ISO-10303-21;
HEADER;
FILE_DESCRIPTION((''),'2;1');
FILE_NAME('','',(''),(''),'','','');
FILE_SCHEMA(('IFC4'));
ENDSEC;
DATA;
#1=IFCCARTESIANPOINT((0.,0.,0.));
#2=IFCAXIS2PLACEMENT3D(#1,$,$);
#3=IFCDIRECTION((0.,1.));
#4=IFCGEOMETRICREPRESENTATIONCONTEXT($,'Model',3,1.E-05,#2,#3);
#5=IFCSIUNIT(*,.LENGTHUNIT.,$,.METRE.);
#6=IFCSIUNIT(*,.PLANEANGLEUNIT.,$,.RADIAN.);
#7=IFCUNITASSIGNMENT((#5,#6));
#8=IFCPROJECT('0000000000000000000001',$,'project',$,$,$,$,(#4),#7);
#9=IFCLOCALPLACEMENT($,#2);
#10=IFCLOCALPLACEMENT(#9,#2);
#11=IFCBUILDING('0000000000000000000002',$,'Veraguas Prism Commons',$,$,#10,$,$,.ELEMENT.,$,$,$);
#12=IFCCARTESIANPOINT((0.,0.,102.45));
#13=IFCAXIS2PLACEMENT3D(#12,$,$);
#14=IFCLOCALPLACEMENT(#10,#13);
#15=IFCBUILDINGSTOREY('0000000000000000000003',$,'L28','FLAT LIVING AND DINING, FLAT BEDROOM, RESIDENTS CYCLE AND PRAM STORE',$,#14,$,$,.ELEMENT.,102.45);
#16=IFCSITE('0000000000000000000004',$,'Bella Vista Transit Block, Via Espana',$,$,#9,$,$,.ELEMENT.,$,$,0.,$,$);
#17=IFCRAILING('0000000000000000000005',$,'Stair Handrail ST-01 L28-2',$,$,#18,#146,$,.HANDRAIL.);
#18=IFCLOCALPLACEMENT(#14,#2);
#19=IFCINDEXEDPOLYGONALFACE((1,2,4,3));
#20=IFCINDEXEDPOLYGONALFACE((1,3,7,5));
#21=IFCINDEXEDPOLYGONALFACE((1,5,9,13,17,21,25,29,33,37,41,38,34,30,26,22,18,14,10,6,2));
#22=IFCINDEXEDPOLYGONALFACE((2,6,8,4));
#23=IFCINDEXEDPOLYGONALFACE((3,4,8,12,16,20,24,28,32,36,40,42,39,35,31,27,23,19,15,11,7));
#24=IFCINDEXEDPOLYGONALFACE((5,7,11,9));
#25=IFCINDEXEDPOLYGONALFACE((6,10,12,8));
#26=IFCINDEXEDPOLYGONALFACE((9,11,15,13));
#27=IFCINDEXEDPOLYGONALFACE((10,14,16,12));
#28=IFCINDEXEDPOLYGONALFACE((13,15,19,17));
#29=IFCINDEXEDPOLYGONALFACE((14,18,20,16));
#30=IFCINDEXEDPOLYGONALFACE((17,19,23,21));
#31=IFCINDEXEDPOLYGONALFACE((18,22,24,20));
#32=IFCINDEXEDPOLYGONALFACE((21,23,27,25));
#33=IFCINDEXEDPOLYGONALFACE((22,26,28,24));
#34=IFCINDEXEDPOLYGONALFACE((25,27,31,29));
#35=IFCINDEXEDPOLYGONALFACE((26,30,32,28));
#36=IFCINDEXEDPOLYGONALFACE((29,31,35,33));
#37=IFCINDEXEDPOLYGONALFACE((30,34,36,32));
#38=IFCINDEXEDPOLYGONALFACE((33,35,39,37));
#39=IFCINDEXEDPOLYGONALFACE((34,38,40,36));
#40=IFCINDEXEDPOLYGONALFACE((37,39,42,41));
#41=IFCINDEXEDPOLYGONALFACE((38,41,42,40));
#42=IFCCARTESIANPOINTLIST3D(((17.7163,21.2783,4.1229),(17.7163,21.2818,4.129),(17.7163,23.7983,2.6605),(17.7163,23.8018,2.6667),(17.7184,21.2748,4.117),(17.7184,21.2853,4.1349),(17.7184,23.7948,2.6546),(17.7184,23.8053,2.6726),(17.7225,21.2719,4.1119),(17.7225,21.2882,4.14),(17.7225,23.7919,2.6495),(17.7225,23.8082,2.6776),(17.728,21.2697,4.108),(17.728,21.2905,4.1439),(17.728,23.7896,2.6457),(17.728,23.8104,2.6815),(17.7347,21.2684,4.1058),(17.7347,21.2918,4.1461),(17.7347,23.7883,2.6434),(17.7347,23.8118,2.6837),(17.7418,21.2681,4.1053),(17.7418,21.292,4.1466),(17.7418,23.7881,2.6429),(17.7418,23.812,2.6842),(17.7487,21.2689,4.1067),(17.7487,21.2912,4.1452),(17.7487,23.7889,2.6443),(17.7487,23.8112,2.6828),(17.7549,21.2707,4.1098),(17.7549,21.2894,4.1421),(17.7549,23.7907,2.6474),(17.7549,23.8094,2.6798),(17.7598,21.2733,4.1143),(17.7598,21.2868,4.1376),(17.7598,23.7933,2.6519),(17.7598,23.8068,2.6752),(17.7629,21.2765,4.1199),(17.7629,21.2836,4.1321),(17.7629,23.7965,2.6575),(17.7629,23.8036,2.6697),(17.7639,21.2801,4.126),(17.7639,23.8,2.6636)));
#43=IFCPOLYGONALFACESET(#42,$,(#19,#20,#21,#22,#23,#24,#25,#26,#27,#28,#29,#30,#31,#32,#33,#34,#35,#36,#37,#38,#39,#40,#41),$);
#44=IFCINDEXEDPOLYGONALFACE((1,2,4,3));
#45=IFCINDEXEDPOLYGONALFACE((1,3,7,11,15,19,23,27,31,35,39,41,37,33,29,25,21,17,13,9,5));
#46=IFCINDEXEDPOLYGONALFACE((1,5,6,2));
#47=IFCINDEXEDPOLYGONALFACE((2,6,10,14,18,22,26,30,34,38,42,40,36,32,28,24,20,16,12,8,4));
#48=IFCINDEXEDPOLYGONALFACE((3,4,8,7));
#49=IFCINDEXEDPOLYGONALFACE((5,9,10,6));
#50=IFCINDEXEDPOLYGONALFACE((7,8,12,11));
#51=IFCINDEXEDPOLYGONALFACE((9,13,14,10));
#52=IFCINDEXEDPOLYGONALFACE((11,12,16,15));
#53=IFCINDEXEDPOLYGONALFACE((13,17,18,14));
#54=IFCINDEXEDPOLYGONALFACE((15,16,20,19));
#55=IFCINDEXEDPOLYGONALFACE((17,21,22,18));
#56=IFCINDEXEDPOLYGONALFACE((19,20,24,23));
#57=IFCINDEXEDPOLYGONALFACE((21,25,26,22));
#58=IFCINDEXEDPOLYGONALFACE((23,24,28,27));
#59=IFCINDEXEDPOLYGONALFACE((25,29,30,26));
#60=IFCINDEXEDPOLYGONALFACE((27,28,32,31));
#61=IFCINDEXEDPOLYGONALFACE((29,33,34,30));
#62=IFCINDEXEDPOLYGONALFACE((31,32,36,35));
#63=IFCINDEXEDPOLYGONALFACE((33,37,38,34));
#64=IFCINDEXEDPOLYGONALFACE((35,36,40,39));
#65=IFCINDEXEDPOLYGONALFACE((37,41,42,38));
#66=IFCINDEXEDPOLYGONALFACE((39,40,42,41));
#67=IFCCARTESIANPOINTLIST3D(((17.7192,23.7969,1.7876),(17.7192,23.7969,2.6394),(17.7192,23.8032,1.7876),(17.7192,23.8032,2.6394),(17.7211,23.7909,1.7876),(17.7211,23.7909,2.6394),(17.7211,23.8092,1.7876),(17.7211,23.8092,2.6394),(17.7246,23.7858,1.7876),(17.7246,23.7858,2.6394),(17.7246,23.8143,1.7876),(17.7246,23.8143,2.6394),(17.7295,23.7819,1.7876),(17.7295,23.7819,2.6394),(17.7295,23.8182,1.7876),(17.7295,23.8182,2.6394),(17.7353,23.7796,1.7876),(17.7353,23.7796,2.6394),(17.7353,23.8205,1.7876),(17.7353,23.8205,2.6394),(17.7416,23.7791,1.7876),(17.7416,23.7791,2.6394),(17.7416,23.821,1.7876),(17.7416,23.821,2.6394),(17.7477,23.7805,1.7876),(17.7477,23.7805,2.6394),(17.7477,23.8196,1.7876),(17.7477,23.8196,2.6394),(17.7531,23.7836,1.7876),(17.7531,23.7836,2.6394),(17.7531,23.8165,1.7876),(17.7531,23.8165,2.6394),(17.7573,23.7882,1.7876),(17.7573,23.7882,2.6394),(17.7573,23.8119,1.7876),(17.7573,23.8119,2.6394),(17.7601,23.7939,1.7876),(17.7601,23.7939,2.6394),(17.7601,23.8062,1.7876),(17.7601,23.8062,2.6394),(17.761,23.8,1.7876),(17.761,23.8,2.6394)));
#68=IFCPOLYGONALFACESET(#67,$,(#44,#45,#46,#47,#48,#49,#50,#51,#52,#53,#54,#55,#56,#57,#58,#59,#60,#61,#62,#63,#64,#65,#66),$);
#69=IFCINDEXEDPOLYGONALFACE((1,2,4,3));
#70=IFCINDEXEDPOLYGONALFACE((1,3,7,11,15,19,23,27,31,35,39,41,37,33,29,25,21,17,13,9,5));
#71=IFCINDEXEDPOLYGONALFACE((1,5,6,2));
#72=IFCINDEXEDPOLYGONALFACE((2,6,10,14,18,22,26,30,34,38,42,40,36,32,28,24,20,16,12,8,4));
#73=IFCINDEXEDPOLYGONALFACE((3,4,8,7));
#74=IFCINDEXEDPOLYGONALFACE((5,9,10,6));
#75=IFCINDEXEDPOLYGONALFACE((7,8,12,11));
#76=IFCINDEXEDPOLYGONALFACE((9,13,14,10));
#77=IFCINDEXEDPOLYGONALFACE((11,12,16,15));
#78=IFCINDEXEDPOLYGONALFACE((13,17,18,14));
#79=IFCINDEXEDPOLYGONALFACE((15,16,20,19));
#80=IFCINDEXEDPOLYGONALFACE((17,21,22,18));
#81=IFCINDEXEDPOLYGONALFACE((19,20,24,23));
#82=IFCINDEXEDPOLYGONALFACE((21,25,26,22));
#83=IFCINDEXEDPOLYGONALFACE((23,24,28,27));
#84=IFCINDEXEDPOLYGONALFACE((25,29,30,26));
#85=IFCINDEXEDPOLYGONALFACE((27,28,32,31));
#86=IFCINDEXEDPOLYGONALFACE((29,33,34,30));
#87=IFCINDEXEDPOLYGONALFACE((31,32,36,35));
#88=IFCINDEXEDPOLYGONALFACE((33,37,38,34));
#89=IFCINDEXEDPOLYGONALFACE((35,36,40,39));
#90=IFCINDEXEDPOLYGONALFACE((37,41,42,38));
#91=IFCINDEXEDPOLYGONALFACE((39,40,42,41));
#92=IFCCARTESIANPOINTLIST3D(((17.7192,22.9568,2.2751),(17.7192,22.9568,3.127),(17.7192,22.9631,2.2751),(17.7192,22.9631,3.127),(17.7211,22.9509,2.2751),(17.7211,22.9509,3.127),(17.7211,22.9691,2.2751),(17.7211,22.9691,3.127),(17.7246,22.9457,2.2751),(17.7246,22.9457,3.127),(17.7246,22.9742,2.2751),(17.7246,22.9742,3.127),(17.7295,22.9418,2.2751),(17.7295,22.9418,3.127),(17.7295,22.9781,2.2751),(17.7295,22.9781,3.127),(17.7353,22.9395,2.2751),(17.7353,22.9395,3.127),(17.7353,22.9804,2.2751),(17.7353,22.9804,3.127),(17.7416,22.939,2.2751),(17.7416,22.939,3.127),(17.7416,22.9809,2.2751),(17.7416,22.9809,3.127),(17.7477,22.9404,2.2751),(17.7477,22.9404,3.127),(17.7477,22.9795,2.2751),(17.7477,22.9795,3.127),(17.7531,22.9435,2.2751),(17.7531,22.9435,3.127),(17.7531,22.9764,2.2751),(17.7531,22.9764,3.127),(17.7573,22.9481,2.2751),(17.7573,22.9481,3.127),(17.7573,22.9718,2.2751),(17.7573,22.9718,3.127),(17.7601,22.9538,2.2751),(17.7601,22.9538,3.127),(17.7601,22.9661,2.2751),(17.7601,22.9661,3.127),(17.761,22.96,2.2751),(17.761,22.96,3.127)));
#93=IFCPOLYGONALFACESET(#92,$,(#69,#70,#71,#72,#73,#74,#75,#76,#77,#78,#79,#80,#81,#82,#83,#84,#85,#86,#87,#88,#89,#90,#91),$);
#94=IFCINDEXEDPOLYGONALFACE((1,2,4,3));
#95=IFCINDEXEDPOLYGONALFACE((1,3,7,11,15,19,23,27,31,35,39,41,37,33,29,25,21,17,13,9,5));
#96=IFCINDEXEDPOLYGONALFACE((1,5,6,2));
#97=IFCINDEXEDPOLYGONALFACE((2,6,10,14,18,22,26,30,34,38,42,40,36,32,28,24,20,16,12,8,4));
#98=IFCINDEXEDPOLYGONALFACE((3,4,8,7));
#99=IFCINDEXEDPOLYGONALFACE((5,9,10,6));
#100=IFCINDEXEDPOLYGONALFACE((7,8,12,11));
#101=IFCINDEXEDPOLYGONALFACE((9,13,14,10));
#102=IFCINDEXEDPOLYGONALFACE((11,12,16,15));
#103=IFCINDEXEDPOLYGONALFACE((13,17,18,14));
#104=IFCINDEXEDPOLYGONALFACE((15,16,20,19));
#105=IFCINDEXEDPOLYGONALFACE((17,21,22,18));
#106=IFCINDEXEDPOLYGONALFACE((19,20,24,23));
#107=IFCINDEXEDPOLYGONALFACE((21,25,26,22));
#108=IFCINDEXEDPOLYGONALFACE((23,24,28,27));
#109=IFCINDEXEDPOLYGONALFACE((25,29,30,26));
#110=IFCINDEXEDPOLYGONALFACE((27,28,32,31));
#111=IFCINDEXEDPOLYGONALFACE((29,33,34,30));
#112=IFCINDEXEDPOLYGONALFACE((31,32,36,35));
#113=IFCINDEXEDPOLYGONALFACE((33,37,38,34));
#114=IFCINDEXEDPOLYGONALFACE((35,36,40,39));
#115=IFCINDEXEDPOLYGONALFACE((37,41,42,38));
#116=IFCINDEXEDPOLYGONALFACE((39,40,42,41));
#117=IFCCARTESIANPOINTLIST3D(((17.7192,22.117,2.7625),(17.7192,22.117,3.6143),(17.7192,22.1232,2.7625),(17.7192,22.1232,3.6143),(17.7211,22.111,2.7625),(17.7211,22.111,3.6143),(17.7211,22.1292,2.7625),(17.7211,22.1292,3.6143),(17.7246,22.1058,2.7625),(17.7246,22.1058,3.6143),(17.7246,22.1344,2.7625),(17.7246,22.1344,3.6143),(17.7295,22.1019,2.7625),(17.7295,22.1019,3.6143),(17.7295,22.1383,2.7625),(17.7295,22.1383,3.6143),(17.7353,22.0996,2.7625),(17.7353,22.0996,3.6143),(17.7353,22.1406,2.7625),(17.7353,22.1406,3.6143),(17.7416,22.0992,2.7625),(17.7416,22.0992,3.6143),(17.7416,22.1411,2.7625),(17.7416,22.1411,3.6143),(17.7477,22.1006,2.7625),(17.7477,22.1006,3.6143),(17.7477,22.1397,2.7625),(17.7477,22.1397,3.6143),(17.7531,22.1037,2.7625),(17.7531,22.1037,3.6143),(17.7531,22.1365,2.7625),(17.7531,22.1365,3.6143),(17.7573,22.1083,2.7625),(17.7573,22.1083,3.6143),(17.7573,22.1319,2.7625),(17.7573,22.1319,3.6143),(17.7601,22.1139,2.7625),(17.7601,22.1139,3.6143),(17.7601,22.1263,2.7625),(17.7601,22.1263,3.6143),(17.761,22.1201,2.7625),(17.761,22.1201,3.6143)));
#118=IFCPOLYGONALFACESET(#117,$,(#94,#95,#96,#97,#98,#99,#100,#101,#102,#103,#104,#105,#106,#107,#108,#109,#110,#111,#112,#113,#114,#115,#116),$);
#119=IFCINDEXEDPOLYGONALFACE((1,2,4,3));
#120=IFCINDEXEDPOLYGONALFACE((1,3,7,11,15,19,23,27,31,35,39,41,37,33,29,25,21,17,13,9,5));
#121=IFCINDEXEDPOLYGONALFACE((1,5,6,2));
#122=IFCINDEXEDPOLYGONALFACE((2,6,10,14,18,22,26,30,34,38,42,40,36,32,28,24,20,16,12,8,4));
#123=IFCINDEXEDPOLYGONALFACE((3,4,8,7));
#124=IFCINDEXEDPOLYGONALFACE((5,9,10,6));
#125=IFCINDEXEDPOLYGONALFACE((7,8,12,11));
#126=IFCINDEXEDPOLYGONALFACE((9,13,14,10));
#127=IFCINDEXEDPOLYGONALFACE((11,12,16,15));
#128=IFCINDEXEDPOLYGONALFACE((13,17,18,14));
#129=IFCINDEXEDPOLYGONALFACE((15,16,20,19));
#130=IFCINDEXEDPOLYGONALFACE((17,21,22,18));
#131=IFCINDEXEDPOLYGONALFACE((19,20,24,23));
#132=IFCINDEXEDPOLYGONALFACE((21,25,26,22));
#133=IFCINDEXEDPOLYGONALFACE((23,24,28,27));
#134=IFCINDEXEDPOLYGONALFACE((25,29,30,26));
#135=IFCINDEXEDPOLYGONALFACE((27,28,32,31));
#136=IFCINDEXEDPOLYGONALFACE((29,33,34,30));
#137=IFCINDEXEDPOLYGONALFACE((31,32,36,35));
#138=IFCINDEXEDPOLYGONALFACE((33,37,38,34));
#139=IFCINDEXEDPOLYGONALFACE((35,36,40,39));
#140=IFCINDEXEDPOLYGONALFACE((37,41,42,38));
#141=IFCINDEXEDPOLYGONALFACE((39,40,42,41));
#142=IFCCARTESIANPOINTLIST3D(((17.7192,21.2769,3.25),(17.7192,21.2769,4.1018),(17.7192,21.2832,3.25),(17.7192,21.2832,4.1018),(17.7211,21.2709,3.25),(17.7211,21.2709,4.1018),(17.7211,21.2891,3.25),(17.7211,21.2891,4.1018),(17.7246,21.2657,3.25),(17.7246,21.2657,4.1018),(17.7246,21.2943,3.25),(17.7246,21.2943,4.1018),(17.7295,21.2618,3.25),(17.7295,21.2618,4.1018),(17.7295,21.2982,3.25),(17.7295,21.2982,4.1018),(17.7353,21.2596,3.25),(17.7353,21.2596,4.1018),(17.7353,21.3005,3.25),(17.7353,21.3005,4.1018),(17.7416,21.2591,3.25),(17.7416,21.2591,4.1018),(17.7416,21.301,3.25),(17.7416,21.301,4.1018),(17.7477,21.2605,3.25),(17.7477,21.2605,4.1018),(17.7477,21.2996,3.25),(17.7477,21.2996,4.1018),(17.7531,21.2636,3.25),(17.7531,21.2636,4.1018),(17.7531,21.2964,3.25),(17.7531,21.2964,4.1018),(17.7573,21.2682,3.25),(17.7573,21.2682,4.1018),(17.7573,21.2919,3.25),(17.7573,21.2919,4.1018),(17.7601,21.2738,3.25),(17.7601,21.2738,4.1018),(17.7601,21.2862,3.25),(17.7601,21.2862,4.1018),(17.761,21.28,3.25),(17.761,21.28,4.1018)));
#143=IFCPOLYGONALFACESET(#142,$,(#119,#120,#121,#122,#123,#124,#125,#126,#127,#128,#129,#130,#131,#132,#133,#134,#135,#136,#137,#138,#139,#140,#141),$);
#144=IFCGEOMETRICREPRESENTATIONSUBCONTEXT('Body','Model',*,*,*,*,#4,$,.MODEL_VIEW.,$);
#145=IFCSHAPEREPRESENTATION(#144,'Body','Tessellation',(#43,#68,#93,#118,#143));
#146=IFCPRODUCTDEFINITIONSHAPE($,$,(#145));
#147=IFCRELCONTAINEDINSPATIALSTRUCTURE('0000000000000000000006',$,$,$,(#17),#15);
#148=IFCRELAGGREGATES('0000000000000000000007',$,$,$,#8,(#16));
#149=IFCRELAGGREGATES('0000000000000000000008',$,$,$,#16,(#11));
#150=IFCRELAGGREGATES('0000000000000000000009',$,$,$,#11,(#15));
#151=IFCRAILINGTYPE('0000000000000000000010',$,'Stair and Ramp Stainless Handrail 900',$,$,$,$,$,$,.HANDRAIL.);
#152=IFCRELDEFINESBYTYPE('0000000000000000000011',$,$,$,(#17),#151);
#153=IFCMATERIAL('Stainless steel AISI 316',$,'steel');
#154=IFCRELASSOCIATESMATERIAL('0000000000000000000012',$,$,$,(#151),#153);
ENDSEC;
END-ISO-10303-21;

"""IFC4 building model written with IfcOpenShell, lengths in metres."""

from ifc_helpers import new_model, si_unit, direction, frame, origin, origin_2d, place, context, subcontext, project, spatial, circle, extrude, material, type_object, element, save


model = new_model("IFC4")

# Units and contexts
model_context = context("Model", 3, precision=1e-05, world=origin(), true_north=direction((0.0, 1.0)))
body_context = subcontext(model_context, "Body", "Model", "MODEL_VIEW")
ifc_project = project(units=[si_unit("LENGTHUNIT", "METRE"), si_unit("PLANEANGLEUNIT", "RADIAN")], contexts=[model_context])

# Site, building, storey
site_placement = place(None, origin())
site = spatial("IfcSite", under=ifc_project, at=site_placement, Name="Bella Vista Transit Block, Via Espana", CompositionType="ELEMENT", RefElevation=0.0)
building_placement = place(site_placement, origin())
building = spatial("IfcBuilding", under=site, at=building_placement, Name="Veraguas Prism Commons", CompositionType="ELEMENT")
storey_placement = place(building_placement, frame((0.0, 0.0, 102.45)))
storey = spatial("IfcBuildingStorey", under=building, at=storey_placement, Name="L28", Description="FLAT LIVING AND DINING, FLAT BEDROOM, RESIDENTS CYCLE AND PRAM STORE", CompositionType="ELEMENT", Elevation=102.45)

# Railing
ifc_material_1 = material(Name="Stainless steel AISI 316", Category="steel")
railing_type_1 = type_object("IfcRailingType", Name="Stair and Ramp Stainless Handrail 900", PredefinedType="HANDRAIL", material=ifc_material_1)
railing_1_placement = place(storey_placement, frame((17.74, 23.8, 1.7876)))
element("IfcRailing", 1, at=railing_1_placement, inside=storey, type_object=railing_type_1, Name="Stair Handrail ST-01 L28-2", PredefinedType="HANDRAIL", context=body_context, shape_type="SweptSolid", body=[
    extrude(circle(Radius=0.0239, at=origin_2d()), frame((0.0, 0.0, 0.876), z_axis=(0.0, -0.864913, 0.501921), x_axis=(1.0, 0.0, 0.0)), (0.0, 0.0, 1.0), 2.9136),
    extrude(circle(Radius=0.021, at=origin_2d()), origin(), (0.0, 0.0, 1.0), 0.8518),
    extrude(circle(Radius=0.021, at=origin_2d()), frame((0.0, -0.8401, 0.4875)), (0.0, 0.0, 1.0), 0.8518),
    extrude(circle(Radius=0.021, at=origin_2d()), frame((0.0, -1.6799, 0.9749)), (0.0, 0.0, 1.0), 0.8518),
    extrude(circle(Radius=0.021, at=origin_2d()), frame((0.0, -2.52, 1.4624)), (0.0, 0.0, 1.0), 0.8518),
])

save(model, "model.ifc")
